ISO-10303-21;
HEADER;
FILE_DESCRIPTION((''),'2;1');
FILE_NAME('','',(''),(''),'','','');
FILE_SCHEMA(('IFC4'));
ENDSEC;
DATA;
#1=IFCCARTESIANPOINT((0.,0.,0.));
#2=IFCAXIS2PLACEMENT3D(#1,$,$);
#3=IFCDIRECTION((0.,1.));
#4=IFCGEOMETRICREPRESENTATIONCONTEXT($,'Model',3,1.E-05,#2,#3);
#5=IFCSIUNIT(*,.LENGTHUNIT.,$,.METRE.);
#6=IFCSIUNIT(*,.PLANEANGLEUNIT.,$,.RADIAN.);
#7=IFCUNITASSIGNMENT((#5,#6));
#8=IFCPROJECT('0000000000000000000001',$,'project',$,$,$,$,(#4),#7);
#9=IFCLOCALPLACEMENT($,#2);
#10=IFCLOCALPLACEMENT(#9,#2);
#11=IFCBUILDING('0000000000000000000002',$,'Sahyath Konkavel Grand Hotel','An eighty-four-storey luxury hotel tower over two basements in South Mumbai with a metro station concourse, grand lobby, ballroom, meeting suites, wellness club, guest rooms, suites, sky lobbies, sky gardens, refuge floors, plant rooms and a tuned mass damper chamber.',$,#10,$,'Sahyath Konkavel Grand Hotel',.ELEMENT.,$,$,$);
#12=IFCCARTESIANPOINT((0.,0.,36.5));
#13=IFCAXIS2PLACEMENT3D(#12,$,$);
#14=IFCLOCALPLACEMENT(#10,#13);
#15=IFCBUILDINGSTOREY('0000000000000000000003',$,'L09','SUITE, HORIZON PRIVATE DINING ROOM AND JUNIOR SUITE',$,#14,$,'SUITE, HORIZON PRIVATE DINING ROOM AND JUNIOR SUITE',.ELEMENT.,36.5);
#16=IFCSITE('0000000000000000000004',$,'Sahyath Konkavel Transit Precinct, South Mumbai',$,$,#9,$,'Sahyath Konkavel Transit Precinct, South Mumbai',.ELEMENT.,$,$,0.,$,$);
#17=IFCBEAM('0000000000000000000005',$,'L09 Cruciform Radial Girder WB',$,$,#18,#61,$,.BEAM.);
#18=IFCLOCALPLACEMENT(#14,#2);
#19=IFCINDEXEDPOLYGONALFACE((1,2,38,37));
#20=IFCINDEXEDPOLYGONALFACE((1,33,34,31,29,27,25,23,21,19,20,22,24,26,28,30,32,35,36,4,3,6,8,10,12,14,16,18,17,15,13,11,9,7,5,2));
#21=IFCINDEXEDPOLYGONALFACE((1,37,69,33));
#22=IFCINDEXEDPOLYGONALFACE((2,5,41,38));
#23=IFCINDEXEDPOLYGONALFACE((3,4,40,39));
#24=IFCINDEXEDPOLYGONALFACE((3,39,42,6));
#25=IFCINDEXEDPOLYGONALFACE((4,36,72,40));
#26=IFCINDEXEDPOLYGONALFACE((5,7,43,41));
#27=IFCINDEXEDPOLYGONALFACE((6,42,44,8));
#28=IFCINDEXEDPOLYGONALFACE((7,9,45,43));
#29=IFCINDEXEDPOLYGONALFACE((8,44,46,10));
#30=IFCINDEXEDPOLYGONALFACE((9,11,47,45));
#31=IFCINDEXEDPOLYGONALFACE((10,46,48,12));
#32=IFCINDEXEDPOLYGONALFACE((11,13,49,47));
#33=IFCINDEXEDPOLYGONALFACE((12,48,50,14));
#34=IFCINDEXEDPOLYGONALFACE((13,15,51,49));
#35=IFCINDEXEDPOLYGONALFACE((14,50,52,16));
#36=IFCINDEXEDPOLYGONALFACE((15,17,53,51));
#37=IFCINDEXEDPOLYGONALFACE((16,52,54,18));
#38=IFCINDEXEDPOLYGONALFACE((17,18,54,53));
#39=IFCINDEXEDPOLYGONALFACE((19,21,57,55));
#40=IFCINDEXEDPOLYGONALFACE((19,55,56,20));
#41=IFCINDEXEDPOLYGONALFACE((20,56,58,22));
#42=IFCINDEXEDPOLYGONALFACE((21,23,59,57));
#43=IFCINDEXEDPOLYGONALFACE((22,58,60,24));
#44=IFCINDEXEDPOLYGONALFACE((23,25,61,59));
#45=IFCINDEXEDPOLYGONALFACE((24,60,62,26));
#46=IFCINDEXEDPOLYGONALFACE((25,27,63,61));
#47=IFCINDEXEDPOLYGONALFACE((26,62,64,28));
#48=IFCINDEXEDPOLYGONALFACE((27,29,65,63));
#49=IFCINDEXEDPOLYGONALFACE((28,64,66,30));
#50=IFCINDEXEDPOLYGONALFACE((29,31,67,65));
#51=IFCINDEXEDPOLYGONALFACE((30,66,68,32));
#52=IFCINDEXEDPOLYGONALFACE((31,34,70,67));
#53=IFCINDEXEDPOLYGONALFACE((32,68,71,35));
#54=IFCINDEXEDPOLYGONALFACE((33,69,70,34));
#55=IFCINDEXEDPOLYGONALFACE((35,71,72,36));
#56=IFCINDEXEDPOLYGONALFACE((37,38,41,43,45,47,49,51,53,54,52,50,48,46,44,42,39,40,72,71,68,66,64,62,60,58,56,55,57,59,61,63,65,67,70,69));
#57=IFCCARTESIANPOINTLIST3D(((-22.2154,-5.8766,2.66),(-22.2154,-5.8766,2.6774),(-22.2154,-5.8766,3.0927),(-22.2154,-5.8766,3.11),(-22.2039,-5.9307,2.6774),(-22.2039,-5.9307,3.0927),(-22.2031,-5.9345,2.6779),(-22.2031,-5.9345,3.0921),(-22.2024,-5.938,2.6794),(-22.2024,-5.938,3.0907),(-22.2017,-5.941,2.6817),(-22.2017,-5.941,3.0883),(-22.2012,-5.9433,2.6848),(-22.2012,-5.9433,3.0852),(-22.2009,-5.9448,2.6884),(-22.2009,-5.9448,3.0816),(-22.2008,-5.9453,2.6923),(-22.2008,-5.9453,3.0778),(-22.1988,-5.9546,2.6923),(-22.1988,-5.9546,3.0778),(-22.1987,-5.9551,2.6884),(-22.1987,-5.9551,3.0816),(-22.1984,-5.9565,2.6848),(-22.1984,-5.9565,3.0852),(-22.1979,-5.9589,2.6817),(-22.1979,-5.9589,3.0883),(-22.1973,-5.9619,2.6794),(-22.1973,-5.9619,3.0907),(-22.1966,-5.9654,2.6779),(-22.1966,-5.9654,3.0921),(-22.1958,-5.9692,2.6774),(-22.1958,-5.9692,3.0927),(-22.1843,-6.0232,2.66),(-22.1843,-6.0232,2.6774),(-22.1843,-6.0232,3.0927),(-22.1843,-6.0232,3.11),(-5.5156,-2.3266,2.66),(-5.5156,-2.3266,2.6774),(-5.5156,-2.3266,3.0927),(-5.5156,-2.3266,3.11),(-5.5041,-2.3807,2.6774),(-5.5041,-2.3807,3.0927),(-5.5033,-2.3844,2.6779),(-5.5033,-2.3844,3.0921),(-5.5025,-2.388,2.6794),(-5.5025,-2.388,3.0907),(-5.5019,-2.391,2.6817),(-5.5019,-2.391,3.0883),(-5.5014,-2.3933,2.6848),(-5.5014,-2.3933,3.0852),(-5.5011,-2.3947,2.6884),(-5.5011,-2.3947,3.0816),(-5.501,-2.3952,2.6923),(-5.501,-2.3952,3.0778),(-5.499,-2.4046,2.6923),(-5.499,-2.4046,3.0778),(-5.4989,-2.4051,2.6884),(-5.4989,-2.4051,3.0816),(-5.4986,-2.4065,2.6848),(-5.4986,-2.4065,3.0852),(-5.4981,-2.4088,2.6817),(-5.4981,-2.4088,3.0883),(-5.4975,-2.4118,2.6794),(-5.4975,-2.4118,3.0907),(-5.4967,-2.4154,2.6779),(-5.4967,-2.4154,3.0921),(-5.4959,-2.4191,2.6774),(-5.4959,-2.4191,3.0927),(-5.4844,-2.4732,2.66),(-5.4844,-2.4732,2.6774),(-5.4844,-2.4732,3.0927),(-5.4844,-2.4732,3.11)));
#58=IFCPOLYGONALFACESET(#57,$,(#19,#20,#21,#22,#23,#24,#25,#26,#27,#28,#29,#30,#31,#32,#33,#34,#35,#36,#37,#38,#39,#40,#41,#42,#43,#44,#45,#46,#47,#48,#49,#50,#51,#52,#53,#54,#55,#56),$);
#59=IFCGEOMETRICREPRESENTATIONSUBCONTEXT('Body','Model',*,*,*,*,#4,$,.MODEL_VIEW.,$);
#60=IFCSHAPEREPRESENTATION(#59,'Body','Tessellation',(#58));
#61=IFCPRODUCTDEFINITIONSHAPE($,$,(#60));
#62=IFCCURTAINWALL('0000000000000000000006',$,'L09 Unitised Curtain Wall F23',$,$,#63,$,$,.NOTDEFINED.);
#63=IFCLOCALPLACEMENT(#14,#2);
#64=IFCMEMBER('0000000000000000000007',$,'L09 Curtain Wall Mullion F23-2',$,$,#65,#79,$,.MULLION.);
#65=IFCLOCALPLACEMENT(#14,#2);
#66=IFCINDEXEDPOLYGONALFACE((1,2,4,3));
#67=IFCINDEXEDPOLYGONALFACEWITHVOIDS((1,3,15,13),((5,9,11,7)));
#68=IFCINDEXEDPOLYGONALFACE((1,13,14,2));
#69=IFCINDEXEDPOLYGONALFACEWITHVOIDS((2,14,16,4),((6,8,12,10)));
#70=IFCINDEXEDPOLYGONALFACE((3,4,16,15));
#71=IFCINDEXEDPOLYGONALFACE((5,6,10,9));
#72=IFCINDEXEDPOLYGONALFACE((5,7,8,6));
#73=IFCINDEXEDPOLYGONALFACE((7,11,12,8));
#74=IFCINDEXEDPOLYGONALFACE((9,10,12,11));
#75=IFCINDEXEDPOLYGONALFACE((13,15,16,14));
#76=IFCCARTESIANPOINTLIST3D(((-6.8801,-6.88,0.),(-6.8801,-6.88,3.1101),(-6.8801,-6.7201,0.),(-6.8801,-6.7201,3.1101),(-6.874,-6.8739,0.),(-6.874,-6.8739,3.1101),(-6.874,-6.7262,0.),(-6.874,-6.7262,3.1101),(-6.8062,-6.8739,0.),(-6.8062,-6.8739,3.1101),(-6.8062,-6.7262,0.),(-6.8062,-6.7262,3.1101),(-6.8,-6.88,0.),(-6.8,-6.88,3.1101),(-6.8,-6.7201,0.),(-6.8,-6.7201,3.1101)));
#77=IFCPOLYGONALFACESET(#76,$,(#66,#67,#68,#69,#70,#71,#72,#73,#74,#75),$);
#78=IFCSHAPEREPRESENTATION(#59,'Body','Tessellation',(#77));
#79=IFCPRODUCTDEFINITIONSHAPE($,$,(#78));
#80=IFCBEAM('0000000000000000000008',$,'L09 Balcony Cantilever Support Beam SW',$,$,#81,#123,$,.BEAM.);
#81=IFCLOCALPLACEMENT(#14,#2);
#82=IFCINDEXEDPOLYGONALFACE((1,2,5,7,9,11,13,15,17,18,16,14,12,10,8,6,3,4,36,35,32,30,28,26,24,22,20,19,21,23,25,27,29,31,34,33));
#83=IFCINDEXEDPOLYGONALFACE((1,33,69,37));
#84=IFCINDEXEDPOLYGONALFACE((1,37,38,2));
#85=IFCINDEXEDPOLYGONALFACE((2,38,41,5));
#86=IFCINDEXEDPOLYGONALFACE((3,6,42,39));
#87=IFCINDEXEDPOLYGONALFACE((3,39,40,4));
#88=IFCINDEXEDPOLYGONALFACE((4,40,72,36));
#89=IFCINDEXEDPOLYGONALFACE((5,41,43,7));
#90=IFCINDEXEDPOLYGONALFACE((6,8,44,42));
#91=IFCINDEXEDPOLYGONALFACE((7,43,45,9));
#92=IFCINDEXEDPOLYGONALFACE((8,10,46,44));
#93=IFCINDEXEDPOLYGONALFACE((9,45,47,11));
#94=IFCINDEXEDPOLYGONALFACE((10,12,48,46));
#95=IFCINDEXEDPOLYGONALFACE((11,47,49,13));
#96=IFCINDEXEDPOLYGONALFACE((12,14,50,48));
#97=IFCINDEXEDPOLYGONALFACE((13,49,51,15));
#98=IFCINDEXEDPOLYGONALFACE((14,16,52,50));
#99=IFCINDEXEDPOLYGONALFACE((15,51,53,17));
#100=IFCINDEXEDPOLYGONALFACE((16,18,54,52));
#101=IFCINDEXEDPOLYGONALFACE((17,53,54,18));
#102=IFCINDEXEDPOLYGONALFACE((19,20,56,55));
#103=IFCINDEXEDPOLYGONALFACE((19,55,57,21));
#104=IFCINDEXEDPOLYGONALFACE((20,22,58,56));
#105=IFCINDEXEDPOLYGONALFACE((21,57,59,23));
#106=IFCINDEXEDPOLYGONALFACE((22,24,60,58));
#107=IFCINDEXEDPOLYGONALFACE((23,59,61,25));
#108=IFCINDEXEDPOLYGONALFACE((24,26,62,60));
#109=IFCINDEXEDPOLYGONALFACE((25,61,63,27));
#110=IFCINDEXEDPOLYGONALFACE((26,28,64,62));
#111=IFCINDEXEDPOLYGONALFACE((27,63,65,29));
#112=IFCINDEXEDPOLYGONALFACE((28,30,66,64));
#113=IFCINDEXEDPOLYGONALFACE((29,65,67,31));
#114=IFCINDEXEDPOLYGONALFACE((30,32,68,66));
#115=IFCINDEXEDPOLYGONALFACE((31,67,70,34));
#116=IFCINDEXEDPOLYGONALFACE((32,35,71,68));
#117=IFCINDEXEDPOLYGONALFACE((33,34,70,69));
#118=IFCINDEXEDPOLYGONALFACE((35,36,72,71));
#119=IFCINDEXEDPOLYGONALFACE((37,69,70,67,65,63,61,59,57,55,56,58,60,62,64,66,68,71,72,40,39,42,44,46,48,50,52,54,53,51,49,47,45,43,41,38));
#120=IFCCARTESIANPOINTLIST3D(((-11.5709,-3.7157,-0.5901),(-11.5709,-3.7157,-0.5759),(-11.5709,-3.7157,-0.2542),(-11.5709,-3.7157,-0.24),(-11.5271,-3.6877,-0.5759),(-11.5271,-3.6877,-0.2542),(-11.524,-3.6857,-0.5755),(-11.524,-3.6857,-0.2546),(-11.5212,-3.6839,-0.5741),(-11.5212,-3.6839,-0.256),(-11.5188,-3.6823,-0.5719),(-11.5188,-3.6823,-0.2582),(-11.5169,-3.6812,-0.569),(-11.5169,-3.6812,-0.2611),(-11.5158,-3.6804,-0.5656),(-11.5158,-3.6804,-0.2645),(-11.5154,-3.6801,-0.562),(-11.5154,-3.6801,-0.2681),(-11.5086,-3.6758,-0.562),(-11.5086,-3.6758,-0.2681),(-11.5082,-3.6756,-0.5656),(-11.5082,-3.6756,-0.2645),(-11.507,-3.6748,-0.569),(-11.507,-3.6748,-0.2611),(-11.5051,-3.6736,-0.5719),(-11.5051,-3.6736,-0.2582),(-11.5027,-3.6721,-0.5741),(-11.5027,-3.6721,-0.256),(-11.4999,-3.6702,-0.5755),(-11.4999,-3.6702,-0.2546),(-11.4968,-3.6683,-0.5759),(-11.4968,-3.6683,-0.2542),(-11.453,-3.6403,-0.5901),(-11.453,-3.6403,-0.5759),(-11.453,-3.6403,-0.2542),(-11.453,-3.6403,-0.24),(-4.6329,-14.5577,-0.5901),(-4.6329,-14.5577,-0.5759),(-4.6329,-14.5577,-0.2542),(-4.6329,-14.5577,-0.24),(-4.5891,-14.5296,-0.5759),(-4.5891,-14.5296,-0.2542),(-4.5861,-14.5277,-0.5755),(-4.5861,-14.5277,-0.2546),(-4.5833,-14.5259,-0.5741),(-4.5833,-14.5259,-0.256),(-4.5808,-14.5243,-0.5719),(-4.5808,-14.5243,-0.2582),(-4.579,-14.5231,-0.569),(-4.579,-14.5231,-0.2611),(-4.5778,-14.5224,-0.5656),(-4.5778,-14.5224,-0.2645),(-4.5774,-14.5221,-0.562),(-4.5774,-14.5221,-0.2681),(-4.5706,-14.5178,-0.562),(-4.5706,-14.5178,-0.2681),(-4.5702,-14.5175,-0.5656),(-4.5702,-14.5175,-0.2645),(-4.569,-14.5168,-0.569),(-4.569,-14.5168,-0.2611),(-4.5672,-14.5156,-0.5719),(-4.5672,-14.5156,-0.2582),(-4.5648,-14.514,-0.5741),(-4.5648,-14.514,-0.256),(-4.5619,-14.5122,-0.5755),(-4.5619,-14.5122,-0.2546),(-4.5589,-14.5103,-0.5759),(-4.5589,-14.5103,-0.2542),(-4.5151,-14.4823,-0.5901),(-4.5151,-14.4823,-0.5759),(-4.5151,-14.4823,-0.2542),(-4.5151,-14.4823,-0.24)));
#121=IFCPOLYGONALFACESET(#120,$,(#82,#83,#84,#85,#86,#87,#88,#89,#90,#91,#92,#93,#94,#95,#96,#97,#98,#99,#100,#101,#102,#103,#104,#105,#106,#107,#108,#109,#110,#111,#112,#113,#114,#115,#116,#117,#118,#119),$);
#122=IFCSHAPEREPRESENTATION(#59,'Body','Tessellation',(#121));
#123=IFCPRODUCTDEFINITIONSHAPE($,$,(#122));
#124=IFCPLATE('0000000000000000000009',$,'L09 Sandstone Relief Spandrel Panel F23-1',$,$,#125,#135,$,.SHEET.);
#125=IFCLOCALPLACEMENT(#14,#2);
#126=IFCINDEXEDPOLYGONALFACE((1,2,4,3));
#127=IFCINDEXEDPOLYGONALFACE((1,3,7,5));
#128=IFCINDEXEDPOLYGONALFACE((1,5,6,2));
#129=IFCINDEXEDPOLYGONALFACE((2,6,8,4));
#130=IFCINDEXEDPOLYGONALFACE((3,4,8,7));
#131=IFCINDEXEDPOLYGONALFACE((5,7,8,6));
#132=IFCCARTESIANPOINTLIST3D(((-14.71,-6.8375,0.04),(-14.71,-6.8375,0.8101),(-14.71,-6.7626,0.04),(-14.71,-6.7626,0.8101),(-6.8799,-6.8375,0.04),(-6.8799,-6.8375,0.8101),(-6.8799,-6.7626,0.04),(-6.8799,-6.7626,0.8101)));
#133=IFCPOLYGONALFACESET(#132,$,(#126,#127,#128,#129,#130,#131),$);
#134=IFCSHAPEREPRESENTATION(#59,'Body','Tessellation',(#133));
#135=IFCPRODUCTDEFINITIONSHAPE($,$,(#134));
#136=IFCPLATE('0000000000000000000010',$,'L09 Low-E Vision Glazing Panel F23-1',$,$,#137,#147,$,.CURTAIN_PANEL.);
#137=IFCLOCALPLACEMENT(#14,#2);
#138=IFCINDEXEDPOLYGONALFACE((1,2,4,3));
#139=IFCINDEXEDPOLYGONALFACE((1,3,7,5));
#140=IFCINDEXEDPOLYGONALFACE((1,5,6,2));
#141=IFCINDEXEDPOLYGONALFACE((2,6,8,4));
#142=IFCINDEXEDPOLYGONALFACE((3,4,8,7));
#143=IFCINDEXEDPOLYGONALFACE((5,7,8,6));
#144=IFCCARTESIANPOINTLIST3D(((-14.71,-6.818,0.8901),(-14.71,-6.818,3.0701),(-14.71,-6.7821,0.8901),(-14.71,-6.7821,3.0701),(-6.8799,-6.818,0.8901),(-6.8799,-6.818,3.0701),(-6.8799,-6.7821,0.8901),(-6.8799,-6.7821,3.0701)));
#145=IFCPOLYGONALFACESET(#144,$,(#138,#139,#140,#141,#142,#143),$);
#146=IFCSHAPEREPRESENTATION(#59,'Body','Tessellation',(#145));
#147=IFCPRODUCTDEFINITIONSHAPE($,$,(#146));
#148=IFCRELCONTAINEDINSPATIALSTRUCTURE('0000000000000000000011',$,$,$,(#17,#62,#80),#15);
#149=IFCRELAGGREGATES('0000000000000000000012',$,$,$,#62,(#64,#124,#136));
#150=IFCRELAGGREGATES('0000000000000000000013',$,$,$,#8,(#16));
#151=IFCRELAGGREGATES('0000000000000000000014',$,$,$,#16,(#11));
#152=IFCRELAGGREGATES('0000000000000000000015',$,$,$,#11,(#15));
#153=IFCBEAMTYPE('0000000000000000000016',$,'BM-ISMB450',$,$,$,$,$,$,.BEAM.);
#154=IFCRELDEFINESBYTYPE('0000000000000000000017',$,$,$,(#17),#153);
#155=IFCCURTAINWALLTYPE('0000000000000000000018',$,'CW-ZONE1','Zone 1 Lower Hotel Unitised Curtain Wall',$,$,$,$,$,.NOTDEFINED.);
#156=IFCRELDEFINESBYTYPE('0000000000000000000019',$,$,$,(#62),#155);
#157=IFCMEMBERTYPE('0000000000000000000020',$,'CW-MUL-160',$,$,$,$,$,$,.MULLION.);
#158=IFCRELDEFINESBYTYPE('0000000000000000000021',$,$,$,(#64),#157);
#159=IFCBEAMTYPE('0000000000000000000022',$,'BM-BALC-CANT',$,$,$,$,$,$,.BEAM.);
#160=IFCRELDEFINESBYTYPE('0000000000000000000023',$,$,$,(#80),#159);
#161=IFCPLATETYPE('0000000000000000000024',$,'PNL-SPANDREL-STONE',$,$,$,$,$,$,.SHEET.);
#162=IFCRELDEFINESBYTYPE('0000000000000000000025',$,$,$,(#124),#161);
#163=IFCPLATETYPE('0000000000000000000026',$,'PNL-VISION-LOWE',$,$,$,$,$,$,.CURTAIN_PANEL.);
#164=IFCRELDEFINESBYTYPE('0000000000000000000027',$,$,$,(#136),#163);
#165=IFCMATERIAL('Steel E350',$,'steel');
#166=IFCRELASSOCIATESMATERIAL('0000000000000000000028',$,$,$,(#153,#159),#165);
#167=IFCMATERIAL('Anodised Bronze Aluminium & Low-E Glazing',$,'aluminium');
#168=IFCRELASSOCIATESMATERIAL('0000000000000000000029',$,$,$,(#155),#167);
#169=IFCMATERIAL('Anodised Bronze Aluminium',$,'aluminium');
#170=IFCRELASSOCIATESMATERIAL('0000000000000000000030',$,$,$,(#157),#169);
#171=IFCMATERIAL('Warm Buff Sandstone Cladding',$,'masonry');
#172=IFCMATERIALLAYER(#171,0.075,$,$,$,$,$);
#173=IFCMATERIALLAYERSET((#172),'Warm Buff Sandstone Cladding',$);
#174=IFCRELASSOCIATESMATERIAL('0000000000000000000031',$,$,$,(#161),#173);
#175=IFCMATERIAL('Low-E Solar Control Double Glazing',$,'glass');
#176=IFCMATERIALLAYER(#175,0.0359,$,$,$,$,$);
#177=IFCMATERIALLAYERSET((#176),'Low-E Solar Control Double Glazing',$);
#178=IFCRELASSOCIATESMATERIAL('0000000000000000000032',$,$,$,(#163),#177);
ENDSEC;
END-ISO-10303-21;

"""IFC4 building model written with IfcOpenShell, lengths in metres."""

from ifc_helpers import new_model, si_unit, direction, frame, origin, origin_2d, place, context, subcontext, project, spatial, rectangle, hollow_rectangle, i_section, extrude, source, transform, mapped, material, layer, layer_set, material_profile, profile_set, type_object, element, aggregate, save


model = new_model("IFC4")

# Units and contexts
model_context = context("Model", 3, precision=1e-05, world=origin(), true_north=direction((0.0, 1.0)))
body_context = subcontext(model_context, "Body", "Model", "MODEL_VIEW")
ifc_project = project(units=[si_unit("LENGTHUNIT", "METRE"), si_unit("PLANEANGLEUNIT", "RADIAN")], contexts=[model_context])

# Site, building, storey
site_placement = place(None, origin())
site = spatial("IfcSite", under=ifc_project, at=site_placement, Name="Sahyath Konkavel Transit Precinct, South Mumbai", LongName="Sahyath Konkavel Transit Precinct, South Mumbai", CompositionType="ELEMENT", RefElevation=0.0)
building_placement = place(site_placement, origin())
building = spatial("IfcBuilding", under=site, at=building_placement, Name="Sahyath Konkavel Grand Hotel", Description="An eighty-four-storey luxury hotel tower over two basements in South Mumbai with a metro station concourse, grand lobby, ballroom, meeting suites, wellness club, guest rooms, suites, sky lobbies, sky gardens, refuge floors, plant rooms and a tuned mass damper chamber.", LongName="Sahyath Konkavel Grand Hotel", CompositionType="ELEMENT")
storey_placement = place(building_placement, frame((0.0, 0.0, 36.5)))
storey = spatial("IfcBuildingStorey", under=building, at=storey_placement, Name="L09", Description="SUITE, HORIZON PRIVATE DINING ROOM AND JUNIOR SUITE", LongName="SUITE, HORIZON PRIVATE DINING ROOM AND JUNIOR SUITE", CompositionType="ELEMENT", Elevation=36.5)

# Beam
ifc_material_1 = material(Name="Steel E350", Category="steel")
ifc_material_profile_1 = material_profile(ifc_material_1, i_section(OverallWidth=0.1499, OverallDepth=0.45, WebThickness=0.0095, FlangeThickness=0.0173, FilletRadius=0.0149, at=origin_2d()), Name="ISMB 450")
ifc_profile_set_1 = profile_set([ifc_material_profile_1], Name="Steel E350")
beam_type_1 = type_object("IfcBeamType", Name="BM-ISMB450", PredefinedType="BEAM", material=ifc_profile_set_1)
shared_shape_1 = source(origin(), body_context, "Body", "SweptSolid", [
    extrude(i_section(OverallWidth=0.1499, OverallDepth=0.45, WebThickness=0.0095, FlangeThickness=0.0173, FilletRadius=0.0149, at=origin_2d()), origin(), (0.0, 0.0, 1.0), 17.073),
])
beam_1_placement = place(storey_placement, frame((-5.5, -2.3999, 2.885), z_axis=(-0.978143, -0.207932, 0.0), x_axis=(0.207932, -0.978143, 0.0)))
element("IfcBeam", 1, at=beam_1_placement, inside=storey, type_object=beam_type_1, Name="L09 Cruciform Radial Girder WB", PredefinedType="BEAM", context=body_context, shape_type="MappedRepresentation", body=[
    mapped(shared_shape_1, transform((0.0, 0.0, 0.0), scale=1.0)),
])

# Curtain wall, member
ifc_material_2 = material(Name="Anodised Bronze Aluminium & Low-E Glazing", Category="aluminium")
curtain_wall_type = type_object("IfcCurtainWallType", Name="CW-ZONE1", Description="Zone 1 Lower Hotel Unitised Curtain Wall", PredefinedType="NOTDEFINED", material=ifc_material_2)
curtain_wall_placement = place(storey_placement, origin())
curtain_wall = element("IfcCurtainWall", 2, at=curtain_wall_placement, inside=storey, type_object=curtain_wall_type, Name="L09 Unitised Curtain Wall F23", PredefinedType="NOTDEFINED")
ifc_material_3 = material(Name="Anodised Bronze Aluminium", Category="aluminium")
ifc_material_profile_2 = material_profile(ifc_material_3, hollow_rectangle(XDim=0.0801, YDim=0.1599, WallThickness=0.0061, at=origin_2d()), Name="RHS 160x80x6")
ifc_profile_set_2 = profile_set([ifc_material_profile_2], Name="Anodised Bronze Aluminium")
member_type = type_object("IfcMemberType", Name="CW-MUL-160", PredefinedType="MULLION", material=ifc_profile_set_2)
shared_shape_2 = source(origin(), body_context, "Body", "SweptSolid", [
    extrude(hollow_rectangle(XDim=0.0801, YDim=0.1599, WallThickness=0.0061, at=origin_2d()), origin(), (0.0, 0.0, 1.0), 3.1101),
])
member_placement = place(storey_placement, frame((-6.8401, -6.8, 0.0), z_axis=(0.0, 0.0, 1.0), x_axis=(1.0, 0.0, 0.0)))
member = element("IfcMember", 3, at=member_placement, type_object=member_type, Name="L09 Curtain Wall Mullion F23-2", PredefinedType="MULLION", context=body_context, shape_type="MappedRepresentation", body=[
    mapped(shared_shape_2, transform((0.0, 0.0, 0.0), scale=1.0)),
])

# Beam
ifc_material_profile_3 = material_profile(ifc_material_1, i_section(OverallWidth=0.1399, OverallDepth=0.3501, WebThickness=0.0081, FlangeThickness=0.0142, FilletRadius=0.0139, at=origin_2d()), Name="ISMB 350")
ifc_profile_set_3 = profile_set([ifc_material_profile_3], Name="Steel E350")
beam_type_2 = type_object("IfcBeamType", Name="BM-BALC-CANT", PredefinedType="BEAM", material=ifc_profile_set_3)
shared_shape_3 = source(origin(), body_context, "Body", "SweptSolid", [
    extrude(i_section(OverallWidth=0.1399, OverallDepth=0.3501, WebThickness=0.0081, FlangeThickness=0.0142, FilletRadius=0.0139, at=origin_2d()), origin(), (0.0, 0.0, 1.0), 12.8718),
])
beam_2_placement = place(storey_placement, frame((-11.512, -3.678, -0.415), z_axis=(0.539003, -0.842304, 0.0), x_axis=(0.842304, 0.539003, 0.0)))
element("IfcBeam", 4, at=beam_2_placement, inside=storey, type_object=beam_type_2, Name="L09 Balcony Cantilever Support Beam SW", PredefinedType="BEAM", context=body_context, shape_type="MappedRepresentation", body=[
    mapped(shared_shape_3, transform((0.0, 0.0, 0.0), scale=1.0)),
])

# Plates
ifc_material_4 = material(Name="Warm Buff Sandstone Cladding", Category="masonry")
ifc_layer_1 = layer(ifc_material_4, 0.075)
ifc_layer_set_1 = layer_set([ifc_layer_1], Name="Warm Buff Sandstone Cladding")
plate_type_1 = type_object("IfcPlateType", Name="PNL-SPANDREL-STONE", PredefinedType="SHEET", material=ifc_layer_set_1)
shared_shape_4 = source(origin(), body_context, "Body", "SweptSolid", [
    extrude(rectangle(XDim=7.8301, YDim=0.075, at=origin_2d()), origin(), (0.0, 0.0, 1.0), 0.77),
])
plate_1_placement = place(storey_placement, frame((-10.7949, -6.8, 0.04), z_axis=(0.0, 0.0, 1.0), x_axis=(1.0, 0.0, 0.0)))
plate_1 = element("IfcPlate", 5, at=plate_1_placement, type_object=plate_type_1, Name="L09 Sandstone Relief Spandrel Panel F23-1", PredefinedType="SHEET", context=body_context, shape_type="MappedRepresentation", body=[
    mapped(shared_shape_4, transform((0.0, 0.0, 0.0), scale=1.0)),
])
ifc_material_5 = material(Name="Low-E Solar Control Double Glazing", Category="glass")
ifc_layer_2 = layer(ifc_material_5, 0.0359)
ifc_layer_set_2 = layer_set([ifc_layer_2], Name="Low-E Solar Control Double Glazing")
plate_type_2 = type_object("IfcPlateType", Name="PNL-VISION-LOWE", PredefinedType="CURTAIN_PANEL", material=ifc_layer_set_2)
shared_shape_5 = source(origin(), body_context, "Body", "SweptSolid", [
    extrude(rectangle(XDim=7.8301, YDim=0.0359, at=origin_2d()), origin(), (0.0, 0.0, 1.0), 2.1799),
])
plate_2_placement = place(storey_placement, frame((-10.7949, -6.8, 0.8901), z_axis=(0.0, 0.0, 1.0), x_axis=(1.0, 0.0, 0.0)))
plate_2 = element("IfcPlate", 6, at=plate_2_placement, type_object=plate_type_2, Name="L09 Low-E Vision Glazing Panel F23-1", PredefinedType="CURTAIN_PANEL", context=body_context, shape_type="MappedRepresentation", body=[
    mapped(shared_shape_5, transform((0.0, 0.0, 0.0), scale=1.0)),
])
aggregate(curtain_wall, [member, plate_1, plate_2])

save(model, "model.ifc")
